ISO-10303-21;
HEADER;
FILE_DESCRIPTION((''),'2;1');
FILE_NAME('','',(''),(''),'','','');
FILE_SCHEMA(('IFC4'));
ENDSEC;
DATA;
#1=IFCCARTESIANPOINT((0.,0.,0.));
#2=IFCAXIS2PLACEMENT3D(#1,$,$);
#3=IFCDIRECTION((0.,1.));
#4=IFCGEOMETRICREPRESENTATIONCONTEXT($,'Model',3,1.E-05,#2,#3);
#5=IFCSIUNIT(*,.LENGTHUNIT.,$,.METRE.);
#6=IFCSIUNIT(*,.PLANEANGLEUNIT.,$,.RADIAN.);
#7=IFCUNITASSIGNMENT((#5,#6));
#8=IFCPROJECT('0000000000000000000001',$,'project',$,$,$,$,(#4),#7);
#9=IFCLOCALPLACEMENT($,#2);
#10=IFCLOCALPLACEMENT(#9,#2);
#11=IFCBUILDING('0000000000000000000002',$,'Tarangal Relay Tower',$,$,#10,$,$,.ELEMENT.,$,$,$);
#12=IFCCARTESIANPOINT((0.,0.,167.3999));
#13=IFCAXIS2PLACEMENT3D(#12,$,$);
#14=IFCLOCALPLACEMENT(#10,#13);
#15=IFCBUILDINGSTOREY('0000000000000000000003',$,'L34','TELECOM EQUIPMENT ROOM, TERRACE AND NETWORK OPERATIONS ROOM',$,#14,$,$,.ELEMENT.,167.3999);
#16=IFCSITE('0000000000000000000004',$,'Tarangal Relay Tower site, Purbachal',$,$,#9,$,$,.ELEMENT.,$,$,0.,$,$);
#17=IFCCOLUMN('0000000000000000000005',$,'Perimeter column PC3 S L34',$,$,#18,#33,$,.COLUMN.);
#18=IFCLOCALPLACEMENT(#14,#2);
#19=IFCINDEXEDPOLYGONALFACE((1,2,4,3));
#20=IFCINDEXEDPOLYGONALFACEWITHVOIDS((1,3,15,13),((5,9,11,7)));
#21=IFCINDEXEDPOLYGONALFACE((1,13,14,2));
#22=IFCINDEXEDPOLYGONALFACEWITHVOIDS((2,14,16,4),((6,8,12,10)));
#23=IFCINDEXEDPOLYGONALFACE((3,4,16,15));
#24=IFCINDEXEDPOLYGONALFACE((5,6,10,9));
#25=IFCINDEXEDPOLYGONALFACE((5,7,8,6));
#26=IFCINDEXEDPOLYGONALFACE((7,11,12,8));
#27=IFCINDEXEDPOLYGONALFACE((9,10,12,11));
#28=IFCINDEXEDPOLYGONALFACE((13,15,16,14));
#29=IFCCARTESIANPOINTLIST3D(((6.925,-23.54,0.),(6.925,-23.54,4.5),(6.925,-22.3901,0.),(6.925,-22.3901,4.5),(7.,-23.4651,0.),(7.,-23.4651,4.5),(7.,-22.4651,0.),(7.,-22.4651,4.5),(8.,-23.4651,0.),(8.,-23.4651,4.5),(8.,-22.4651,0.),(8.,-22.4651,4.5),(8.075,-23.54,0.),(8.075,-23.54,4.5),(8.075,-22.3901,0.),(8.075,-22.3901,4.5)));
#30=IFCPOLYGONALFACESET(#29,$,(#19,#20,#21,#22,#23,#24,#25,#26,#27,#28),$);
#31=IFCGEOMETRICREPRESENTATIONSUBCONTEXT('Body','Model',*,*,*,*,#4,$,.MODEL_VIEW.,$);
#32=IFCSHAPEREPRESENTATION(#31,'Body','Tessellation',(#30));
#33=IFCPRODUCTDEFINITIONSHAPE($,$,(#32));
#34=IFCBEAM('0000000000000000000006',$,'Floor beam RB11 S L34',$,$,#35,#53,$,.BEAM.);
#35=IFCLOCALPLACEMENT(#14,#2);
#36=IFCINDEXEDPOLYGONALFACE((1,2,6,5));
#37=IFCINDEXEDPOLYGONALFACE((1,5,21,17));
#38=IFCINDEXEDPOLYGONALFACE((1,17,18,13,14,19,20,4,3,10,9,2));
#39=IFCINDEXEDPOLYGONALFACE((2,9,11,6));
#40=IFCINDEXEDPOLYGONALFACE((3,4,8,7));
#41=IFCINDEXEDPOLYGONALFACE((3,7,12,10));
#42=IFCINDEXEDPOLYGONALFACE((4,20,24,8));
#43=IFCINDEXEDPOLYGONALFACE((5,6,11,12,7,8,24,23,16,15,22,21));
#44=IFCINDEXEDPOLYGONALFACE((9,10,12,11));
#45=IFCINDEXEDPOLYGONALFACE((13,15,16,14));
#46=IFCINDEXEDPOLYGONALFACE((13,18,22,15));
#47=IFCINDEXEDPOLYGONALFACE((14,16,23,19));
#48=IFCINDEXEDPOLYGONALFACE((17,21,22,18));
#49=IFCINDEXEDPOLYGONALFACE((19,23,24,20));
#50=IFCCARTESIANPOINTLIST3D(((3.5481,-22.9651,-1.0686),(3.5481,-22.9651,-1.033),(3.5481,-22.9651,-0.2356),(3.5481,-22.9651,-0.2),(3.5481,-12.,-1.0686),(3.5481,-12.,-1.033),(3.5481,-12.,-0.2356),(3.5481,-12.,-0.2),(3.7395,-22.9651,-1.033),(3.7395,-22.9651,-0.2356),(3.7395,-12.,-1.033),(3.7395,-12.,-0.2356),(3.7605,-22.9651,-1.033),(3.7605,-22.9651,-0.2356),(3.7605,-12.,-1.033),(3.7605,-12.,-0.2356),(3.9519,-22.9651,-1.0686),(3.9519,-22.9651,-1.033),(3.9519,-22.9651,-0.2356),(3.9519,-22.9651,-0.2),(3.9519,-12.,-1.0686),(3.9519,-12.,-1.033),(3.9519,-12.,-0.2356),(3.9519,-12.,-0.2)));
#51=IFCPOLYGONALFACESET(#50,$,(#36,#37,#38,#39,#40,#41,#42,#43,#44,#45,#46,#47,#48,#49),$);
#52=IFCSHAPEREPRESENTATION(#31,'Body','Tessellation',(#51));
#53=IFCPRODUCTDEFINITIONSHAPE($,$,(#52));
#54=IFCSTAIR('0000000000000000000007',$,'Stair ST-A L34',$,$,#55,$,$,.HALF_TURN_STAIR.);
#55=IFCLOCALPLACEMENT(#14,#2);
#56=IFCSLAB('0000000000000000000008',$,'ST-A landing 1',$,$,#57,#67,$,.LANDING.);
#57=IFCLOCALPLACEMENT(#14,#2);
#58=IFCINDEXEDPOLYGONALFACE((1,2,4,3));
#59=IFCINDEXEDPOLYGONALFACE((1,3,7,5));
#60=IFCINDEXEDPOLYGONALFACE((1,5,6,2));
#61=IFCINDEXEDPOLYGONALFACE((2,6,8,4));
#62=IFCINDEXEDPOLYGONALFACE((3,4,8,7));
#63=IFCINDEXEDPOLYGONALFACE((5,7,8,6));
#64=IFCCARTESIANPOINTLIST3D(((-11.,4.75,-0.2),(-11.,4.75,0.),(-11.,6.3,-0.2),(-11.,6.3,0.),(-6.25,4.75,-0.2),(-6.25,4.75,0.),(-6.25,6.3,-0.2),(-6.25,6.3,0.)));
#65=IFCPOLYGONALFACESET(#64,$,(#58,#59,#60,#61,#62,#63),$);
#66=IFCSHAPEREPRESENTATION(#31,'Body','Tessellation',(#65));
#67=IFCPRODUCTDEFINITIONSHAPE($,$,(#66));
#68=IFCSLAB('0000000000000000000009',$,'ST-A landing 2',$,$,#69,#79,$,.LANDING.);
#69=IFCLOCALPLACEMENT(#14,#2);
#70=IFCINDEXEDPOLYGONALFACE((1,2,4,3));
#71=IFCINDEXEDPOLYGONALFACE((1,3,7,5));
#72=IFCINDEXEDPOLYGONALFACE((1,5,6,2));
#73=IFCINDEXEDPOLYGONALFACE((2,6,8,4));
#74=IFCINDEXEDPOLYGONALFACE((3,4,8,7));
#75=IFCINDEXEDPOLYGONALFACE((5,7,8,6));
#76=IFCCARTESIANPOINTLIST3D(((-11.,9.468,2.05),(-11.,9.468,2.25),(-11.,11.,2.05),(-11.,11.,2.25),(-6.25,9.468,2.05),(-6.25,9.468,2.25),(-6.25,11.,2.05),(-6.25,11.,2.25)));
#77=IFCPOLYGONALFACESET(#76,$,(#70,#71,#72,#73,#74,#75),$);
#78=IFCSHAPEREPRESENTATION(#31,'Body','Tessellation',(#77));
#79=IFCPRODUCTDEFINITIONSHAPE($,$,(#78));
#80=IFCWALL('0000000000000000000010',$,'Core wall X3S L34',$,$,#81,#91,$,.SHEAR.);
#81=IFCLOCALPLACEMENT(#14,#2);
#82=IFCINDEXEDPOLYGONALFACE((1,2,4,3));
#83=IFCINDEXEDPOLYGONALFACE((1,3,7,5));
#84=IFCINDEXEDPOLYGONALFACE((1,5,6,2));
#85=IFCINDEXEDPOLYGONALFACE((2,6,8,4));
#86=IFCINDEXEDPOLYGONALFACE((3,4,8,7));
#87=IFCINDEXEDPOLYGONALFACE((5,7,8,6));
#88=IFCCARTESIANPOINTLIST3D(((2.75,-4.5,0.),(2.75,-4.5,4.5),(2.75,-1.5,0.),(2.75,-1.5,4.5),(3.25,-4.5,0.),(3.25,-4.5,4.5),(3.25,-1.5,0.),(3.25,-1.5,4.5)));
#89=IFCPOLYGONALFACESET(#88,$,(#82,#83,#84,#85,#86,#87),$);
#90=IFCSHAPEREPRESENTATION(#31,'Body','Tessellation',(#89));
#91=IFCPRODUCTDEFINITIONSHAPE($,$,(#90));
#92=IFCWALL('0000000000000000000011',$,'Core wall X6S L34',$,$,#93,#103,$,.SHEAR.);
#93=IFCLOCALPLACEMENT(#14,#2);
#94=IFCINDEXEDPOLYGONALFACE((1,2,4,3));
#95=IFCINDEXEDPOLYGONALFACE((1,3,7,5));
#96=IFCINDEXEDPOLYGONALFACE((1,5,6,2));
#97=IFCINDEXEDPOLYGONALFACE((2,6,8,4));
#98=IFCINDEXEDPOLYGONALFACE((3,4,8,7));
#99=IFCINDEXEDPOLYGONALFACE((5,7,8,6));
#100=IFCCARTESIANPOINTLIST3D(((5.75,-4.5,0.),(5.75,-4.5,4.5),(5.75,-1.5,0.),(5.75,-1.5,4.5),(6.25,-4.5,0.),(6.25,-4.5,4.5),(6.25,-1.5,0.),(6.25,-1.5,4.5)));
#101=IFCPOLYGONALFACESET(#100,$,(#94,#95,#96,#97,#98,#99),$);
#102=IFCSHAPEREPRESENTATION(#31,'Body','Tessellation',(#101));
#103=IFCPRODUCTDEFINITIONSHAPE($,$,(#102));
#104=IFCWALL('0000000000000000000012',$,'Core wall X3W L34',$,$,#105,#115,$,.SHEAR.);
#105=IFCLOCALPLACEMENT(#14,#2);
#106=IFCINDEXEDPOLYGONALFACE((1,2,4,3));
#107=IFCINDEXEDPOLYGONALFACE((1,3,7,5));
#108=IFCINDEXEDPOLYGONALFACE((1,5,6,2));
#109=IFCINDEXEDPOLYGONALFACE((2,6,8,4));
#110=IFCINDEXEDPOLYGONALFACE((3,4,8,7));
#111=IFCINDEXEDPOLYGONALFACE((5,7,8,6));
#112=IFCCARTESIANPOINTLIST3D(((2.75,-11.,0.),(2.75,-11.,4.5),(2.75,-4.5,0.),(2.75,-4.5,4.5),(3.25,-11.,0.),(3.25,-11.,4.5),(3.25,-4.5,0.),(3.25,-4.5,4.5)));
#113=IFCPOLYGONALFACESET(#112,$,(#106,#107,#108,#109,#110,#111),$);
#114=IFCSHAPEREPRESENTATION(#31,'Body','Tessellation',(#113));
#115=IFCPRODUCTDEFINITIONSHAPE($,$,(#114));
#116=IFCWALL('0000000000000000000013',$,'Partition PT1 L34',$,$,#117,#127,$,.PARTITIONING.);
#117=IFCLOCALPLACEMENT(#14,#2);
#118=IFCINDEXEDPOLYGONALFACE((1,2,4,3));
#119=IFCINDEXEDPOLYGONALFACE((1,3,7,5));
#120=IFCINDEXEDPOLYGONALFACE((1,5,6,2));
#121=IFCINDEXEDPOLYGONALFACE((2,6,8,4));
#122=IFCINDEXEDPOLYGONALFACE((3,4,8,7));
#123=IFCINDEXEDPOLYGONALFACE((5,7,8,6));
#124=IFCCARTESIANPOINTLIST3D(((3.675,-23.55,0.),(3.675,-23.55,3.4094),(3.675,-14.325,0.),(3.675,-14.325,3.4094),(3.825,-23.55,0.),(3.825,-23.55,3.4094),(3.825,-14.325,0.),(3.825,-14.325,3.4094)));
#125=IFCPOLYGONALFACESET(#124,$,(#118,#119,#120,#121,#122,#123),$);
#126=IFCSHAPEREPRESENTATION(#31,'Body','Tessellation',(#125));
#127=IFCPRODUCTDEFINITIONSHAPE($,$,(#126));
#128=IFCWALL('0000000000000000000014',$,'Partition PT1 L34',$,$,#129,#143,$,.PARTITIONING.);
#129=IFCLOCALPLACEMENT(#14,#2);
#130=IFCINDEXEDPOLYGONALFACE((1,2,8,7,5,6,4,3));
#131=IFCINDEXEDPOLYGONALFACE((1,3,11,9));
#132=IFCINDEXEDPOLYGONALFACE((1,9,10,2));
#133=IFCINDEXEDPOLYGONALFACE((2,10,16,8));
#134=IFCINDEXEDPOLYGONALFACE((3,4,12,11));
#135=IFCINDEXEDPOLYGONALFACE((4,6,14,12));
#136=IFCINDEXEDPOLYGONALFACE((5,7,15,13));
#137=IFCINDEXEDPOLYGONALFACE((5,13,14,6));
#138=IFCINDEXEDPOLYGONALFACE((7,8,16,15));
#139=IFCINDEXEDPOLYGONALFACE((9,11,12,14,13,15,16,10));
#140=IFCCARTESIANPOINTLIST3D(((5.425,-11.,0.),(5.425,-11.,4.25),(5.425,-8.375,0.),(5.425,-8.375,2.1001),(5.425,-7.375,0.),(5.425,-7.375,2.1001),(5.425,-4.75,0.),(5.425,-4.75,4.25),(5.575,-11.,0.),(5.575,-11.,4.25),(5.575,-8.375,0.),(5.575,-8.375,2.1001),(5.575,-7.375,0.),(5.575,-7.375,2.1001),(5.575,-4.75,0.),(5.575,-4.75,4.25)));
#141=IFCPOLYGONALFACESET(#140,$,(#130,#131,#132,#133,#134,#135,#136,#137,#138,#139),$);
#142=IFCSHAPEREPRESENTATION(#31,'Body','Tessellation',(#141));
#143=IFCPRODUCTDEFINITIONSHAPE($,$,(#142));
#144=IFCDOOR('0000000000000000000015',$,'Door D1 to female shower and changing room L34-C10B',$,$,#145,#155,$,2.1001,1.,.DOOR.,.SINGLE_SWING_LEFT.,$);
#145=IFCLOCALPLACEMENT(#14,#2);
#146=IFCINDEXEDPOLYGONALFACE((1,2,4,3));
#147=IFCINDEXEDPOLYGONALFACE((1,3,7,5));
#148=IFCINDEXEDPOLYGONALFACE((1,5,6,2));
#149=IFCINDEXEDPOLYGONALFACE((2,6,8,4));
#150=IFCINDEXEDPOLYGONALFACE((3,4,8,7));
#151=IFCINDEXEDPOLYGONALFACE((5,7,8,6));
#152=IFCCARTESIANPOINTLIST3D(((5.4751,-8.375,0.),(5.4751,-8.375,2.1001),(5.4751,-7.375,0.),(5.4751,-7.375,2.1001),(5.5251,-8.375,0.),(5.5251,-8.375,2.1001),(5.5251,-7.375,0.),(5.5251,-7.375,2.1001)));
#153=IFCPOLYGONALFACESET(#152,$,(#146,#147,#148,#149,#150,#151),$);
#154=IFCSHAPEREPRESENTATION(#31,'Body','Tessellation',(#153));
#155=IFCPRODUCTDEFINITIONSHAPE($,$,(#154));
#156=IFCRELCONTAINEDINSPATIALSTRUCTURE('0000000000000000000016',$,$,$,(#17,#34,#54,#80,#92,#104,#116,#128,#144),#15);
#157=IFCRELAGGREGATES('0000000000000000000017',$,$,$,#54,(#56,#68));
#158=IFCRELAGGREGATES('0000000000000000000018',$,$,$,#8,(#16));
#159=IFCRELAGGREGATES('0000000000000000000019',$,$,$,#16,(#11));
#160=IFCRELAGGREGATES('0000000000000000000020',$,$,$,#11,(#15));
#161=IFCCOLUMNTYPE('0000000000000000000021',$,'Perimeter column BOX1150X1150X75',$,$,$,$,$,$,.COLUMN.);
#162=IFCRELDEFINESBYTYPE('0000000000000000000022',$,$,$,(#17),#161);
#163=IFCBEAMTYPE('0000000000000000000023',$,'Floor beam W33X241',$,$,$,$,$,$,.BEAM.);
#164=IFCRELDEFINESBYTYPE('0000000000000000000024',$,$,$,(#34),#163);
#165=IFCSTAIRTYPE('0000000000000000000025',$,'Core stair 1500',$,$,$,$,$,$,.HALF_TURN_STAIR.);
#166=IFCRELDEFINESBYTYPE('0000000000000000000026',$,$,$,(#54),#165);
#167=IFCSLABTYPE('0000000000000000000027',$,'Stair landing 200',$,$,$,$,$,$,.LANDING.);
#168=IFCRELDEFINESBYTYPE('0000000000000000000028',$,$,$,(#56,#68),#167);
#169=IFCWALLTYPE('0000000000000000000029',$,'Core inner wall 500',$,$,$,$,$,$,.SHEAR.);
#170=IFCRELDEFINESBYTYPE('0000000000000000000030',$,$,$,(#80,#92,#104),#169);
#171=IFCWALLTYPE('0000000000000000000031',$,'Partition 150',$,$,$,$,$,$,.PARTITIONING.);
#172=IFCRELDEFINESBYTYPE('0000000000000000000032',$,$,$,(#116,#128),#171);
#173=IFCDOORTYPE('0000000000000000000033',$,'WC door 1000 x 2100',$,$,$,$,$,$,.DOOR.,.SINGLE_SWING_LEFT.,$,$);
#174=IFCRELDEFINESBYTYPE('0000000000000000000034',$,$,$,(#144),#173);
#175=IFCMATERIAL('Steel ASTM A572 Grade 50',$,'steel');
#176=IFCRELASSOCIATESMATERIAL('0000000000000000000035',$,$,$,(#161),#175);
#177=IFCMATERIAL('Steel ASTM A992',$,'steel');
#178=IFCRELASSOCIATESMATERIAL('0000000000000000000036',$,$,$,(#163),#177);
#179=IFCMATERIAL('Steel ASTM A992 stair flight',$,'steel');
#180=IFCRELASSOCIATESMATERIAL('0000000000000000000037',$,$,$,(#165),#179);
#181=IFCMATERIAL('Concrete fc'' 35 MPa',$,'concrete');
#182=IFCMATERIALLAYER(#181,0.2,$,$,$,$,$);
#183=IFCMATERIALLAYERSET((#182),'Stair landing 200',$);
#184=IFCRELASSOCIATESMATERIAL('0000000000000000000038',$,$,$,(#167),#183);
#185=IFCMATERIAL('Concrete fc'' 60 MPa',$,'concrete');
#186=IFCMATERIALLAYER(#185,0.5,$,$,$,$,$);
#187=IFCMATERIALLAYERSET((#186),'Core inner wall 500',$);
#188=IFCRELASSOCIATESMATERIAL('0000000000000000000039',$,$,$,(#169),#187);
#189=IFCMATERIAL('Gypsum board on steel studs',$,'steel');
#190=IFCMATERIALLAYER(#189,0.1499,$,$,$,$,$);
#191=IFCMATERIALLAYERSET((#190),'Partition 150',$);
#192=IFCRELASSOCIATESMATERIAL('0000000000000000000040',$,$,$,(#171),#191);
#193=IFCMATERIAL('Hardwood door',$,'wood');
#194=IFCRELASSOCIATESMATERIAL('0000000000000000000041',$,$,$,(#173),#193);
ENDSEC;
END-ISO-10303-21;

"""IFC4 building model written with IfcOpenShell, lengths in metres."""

from ifc_helpers import new_model, si_unit, direction, frame, frame_2d, origin, origin_2d, place, context, subcontext, project, spatial, polyline, rectangle, hollow_rectangle, i_section, outline, extrude, material, layer, layer_set, material_profile, profile_set, type_object, element, fill, aggregate, save


model = new_model("IFC4")

# Units and contexts
model_context = context("Model", 3, precision=1e-05, world=origin(), true_north=direction((0.0, 1.0)))
body_context = subcontext(model_context, "Body", "Model", "MODEL_VIEW")
ifc_project = project(units=[si_unit("LENGTHUNIT", "METRE"), si_unit("PLANEANGLEUNIT", "RADIAN")], contexts=[model_context])

# Site, building, storey
site_placement = place(None, origin())
site = spatial("IfcSite", under=ifc_project, at=site_placement, Name="Tarangal Relay Tower site, Purbachal", CompositionType="ELEMENT", RefElevation=0.0)
building_placement = place(site_placement, origin())
building = spatial("IfcBuilding", under=site, at=building_placement, Name="Tarangal Relay Tower", CompositionType="ELEMENT")
storey_placement = place(building_placement, frame((0.0, 0.0, 167.3999)))
storey = spatial("IfcBuildingStorey", under=building, at=storey_placement, Name="L34", Description="TELECOM EQUIPMENT ROOM, TERRACE AND NETWORK OPERATIONS ROOM", CompositionType="ELEMENT", Elevation=167.3999)

# Column
ifc_material_1 = material(Name="Steel ASTM A572 Grade 50", Category="steel")
ifc_material_profile_1 = material_profile(ifc_material_1, hollow_rectangle(XDim=1.1499, YDim=1.1499, WallThickness=0.075, at=origin_2d()), Name="BOX1150X1150X75")
ifc_profile_set_1 = profile_set([ifc_material_profile_1], Name="Steel ASTM A572 Grade 50")
column_type = type_object("IfcColumnType", Name="Perimeter column BOX1150X1150X75", PredefinedType="COLUMN", material=ifc_profile_set_1)
column_placement = place(storey_placement, frame((7.5, -22.9651, 0.0), z_axis=(0.0, 0.0, 1.0), x_axis=(1.0, 0.0, 0.0)))
element("IfcColumn", 1, at=column_placement, inside=storey, type_object=column_type, Name="Perimeter column PC3 S L34", PredefinedType="COLUMN", context=body_context, shape_type="SweptSolid", body=[
    extrude(hollow_rectangle(XDim=1.1499, YDim=1.1499, WallThickness=0.075, at=origin_2d()), origin(), (0.0, 0.0, 1.0), 4.5),
])

# Beam
ifc_material_2 = material(Name="Steel ASTM A992", Category="steel")
ifc_material_profile_2 = material_profile(ifc_material_2, i_section(OverallWidth=0.4038, OverallDepth=0.8687, WebThickness=0.021, FlangeThickness=0.0356, at=origin_2d()), Name="W33X241")
ifc_profile_set_2 = profile_set([ifc_material_profile_2], Name="Steel ASTM A992")
beam_type = type_object("IfcBeamType", Name="Floor beam W33X241", PredefinedType="BEAM", material=ifc_profile_set_2)
beam_placement = place(storey_placement, frame((3.75, -12.0, -0.6343), z_axis=(0.0, -1.0, 0.0), x_axis=(1.0, 0.0, 0.0)))
element("IfcBeam", 2, at=beam_placement, inside=storey, type_object=beam_type, Name="Floor beam RB11 S L34", PredefinedType="BEAM", context=body_context, shape_type="SweptSolid", body=[
    extrude(i_section(OverallWidth=0.4038, OverallDepth=0.8687, WebThickness=0.021, FlangeThickness=0.0356, at=origin_2d()), origin(), (0.0, 0.0, 1.0), 10.9651),
])

# Stair, slabs
ifc_material_3 = material(Name="Steel ASTM A992 stair flight", Category="steel")
stair_type = type_object("IfcStairType", Name="Core stair 1500", PredefinedType="HALF_TURN_STAIR", material=ifc_material_3)
stair_1_placement = place(storey_placement, origin())
stair_1 = element("IfcStair", 3, at=stair_1_placement, inside=storey, type_object=stair_type, Name="Stair ST-A L34", PredefinedType="HALF_TURN_STAIR")
ifc_material_4 = material(Name="Concrete fc' 35 MPa", Category="concrete")
ifc_layer_1 = layer(ifc_material_4, 0.2)
ifc_layer_set_1 = layer_set([ifc_layer_1], Name="Stair landing 200")
slab_type = type_object("IfcSlabType", Name="Stair landing 200", PredefinedType="LANDING", material=ifc_layer_set_1)
slab_1_placement = place(storey_placement, frame((0.0, 0.0, -0.2)))
slab_1 = element("IfcSlab", 4, at=slab_1_placement, type_object=slab_type, Name="ST-A landing 1", PredefinedType="LANDING", context=body_context, shape_type="SweptSolid", body=[
    extrude(outline(polyline([(-11.0, 4.75), (-6.25, 4.75), (-6.25, 6.3), (-11.0, 6.3), (-11.0, 4.75)])), origin(), (0.0, 0.0, 1.0), 0.2),
])
slab_2_placement = place(storey_placement, frame((0.0, 0.0, 2.05)))
slab_2 = element("IfcSlab", 5, at=slab_2_placement, type_object=slab_type, Name="ST-A landing 2", PredefinedType="LANDING", context=body_context, shape_type="SweptSolid", body=[
    extrude(outline(polyline([(-11.0, 9.468), (-6.25, 9.468), (-6.25, 11.0), (-11.0, 11.0), (-11.0, 9.468)])), origin(), (0.0, 0.0, 1.0), 0.2),
])
aggregate(stair_1, [slab_1, slab_2])

# Walls
ifc_material_5 = material(Name="Concrete fc' 60 MPa", Category="concrete")
ifc_layer_2 = layer(ifc_material_5, 0.5)
ifc_layer_set_2 = layer_set([ifc_layer_2], Name="Core inner wall 500")
wall_type_1 = type_object("IfcWallType", Name="Core inner wall 500", PredefinedType="SHEAR", material=ifc_layer_set_2)
for number, where, z_axis, x_axis, name in (
    (6, (3.0, -4.5, 0.0), (0.0, 0.0, 1.0), (0.0, 1.0, 0.0), "Core wall X3S L34"),
    (7, (6.0, -4.5, 0.0), (0.0, 0.0, 1.0), (0.0, 1.0, 0.0), "Core wall X6S L34"),
):
    element("IfcWall", number, at=place(storey_placement, frame(where, z_axis=z_axis, x_axis=x_axis)), inside=storey, type_object=wall_type_1, Name=name, PredefinedType="SHEAR", context=body_context, shape_type="SweptSolid", body=[
        extrude(rectangle(XDim=3.0, YDim=0.5, at=frame_2d((1.5, 0.0))), origin(), (0.0, 0.0, 1.0), 4.5),
    ])
wall_1_placement = place(storey_placement, frame((3.0, -11.0, 0.0), z_axis=(0.0, 0.0, 1.0), x_axis=(0.0, 1.0, 0.0)))
element("IfcWall", 8, at=wall_1_placement, inside=storey, type_object=wall_type_1, Name="Core wall X3W L34", PredefinedType="SHEAR", context=body_context, shape_type="SweptSolid", body=[
    extrude(rectangle(XDim=6.5, YDim=0.5, at=frame_2d((3.25, 0.0))), origin(), (0.0, 0.0, 1.0), 4.5),
])
ifc_material_6 = material(Name="Gypsum board on steel studs", Category="steel")
ifc_layer_3 = layer(ifc_material_6, 0.1499)
ifc_layer_set_3 = layer_set([ifc_layer_3], Name="Partition 150")
wall_type_2 = type_object("IfcWallType", Name="Partition 150", PredefinedType="PARTITIONING", material=ifc_layer_set_3)
wall_2_placement = place(storey_placement, frame((3.75, -23.55, 0.0), z_axis=(0.0, 0.0, 1.0), x_axis=(0.0, 1.0, 0.0)))
element("IfcWall", 9, at=wall_2_placement, inside=storey, type_object=wall_type_2, Name="Partition PT1 L34", PredefinedType="PARTITIONING", context=body_context, shape_type="SweptSolid", body=[
    extrude(rectangle(XDim=9.2251, YDim=0.1499, at=frame_2d((4.6125, 0.0))), origin(), (0.0, 0.0, 1.0), 3.4094),
])

# Wall, opening, door
wall_3_placement = place(storey_placement, frame((5.5, -11.0, 0.0), z_axis=(0.0, 0.0, 1.0), x_axis=(0.0, 1.0, 0.0)))
wall_3 = element("IfcWall", 10, at=wall_3_placement, inside=storey, type_object=wall_type_2, Name="Partition PT1 L34", PredefinedType="PARTITIONING", context=body_context, shape_type="SweptSolid", body=[
    extrude(rectangle(XDim=6.25, YDim=0.1499, at=frame_2d((3.125, 0.0))), origin(), (0.0, 0.0, 1.0), 4.25),
])
opening_placement = place(wall_3_placement, frame((2.625, 0.0, 0.0)))
opening = element("IfcOpeningElement", 11, at=opening_placement, cuts=wall_3, PredefinedType="OPENING", context=body_context, shape_type="SweptSolid", body=[
    extrude(rectangle(XDim=1.0, YDim=2.1001, at=frame_2d((0.5, 1.05))), frame((0.0, 0.085, 0.0), z_axis=(0.0, -1.0, 0.0), x_axis=(1.0, 0.0, 0.0)), (0.0, 0.0, 1.0), 0.1699),
])
ifc_material_7 = material(Name="Hardwood door", Category="wood")
door_type = type_object("IfcDoorType", Name="WC door 1000 x 2100", OperationType="SINGLE_SWING_LEFT", PredefinedType="DOOR", material=ifc_material_7)
door_placement = place(opening_placement, origin())
door = element("IfcDoor", 12, at=door_placement, inside=storey, type_object=door_type, Name="Door D1 to female shower and changing room L34-C10B", OperationType="SINGLE_SWING_LEFT", OverallHeight=2.1001, OverallWidth=1.0, PredefinedType="DOOR", context=body_context, shape_type="SweptSolid", body=[
    extrude(rectangle(XDim=1.0, YDim=2.1001, at=frame_2d((0.5, 1.05))), frame((0.0, 0.0249, 0.0), z_axis=(0.0, -1.0, 0.0), x_axis=(1.0, 0.0, 0.0)), (0.0, 0.0, 1.0), 0.05),
])
fill(opening, door)

save(model, "model.ifc")
